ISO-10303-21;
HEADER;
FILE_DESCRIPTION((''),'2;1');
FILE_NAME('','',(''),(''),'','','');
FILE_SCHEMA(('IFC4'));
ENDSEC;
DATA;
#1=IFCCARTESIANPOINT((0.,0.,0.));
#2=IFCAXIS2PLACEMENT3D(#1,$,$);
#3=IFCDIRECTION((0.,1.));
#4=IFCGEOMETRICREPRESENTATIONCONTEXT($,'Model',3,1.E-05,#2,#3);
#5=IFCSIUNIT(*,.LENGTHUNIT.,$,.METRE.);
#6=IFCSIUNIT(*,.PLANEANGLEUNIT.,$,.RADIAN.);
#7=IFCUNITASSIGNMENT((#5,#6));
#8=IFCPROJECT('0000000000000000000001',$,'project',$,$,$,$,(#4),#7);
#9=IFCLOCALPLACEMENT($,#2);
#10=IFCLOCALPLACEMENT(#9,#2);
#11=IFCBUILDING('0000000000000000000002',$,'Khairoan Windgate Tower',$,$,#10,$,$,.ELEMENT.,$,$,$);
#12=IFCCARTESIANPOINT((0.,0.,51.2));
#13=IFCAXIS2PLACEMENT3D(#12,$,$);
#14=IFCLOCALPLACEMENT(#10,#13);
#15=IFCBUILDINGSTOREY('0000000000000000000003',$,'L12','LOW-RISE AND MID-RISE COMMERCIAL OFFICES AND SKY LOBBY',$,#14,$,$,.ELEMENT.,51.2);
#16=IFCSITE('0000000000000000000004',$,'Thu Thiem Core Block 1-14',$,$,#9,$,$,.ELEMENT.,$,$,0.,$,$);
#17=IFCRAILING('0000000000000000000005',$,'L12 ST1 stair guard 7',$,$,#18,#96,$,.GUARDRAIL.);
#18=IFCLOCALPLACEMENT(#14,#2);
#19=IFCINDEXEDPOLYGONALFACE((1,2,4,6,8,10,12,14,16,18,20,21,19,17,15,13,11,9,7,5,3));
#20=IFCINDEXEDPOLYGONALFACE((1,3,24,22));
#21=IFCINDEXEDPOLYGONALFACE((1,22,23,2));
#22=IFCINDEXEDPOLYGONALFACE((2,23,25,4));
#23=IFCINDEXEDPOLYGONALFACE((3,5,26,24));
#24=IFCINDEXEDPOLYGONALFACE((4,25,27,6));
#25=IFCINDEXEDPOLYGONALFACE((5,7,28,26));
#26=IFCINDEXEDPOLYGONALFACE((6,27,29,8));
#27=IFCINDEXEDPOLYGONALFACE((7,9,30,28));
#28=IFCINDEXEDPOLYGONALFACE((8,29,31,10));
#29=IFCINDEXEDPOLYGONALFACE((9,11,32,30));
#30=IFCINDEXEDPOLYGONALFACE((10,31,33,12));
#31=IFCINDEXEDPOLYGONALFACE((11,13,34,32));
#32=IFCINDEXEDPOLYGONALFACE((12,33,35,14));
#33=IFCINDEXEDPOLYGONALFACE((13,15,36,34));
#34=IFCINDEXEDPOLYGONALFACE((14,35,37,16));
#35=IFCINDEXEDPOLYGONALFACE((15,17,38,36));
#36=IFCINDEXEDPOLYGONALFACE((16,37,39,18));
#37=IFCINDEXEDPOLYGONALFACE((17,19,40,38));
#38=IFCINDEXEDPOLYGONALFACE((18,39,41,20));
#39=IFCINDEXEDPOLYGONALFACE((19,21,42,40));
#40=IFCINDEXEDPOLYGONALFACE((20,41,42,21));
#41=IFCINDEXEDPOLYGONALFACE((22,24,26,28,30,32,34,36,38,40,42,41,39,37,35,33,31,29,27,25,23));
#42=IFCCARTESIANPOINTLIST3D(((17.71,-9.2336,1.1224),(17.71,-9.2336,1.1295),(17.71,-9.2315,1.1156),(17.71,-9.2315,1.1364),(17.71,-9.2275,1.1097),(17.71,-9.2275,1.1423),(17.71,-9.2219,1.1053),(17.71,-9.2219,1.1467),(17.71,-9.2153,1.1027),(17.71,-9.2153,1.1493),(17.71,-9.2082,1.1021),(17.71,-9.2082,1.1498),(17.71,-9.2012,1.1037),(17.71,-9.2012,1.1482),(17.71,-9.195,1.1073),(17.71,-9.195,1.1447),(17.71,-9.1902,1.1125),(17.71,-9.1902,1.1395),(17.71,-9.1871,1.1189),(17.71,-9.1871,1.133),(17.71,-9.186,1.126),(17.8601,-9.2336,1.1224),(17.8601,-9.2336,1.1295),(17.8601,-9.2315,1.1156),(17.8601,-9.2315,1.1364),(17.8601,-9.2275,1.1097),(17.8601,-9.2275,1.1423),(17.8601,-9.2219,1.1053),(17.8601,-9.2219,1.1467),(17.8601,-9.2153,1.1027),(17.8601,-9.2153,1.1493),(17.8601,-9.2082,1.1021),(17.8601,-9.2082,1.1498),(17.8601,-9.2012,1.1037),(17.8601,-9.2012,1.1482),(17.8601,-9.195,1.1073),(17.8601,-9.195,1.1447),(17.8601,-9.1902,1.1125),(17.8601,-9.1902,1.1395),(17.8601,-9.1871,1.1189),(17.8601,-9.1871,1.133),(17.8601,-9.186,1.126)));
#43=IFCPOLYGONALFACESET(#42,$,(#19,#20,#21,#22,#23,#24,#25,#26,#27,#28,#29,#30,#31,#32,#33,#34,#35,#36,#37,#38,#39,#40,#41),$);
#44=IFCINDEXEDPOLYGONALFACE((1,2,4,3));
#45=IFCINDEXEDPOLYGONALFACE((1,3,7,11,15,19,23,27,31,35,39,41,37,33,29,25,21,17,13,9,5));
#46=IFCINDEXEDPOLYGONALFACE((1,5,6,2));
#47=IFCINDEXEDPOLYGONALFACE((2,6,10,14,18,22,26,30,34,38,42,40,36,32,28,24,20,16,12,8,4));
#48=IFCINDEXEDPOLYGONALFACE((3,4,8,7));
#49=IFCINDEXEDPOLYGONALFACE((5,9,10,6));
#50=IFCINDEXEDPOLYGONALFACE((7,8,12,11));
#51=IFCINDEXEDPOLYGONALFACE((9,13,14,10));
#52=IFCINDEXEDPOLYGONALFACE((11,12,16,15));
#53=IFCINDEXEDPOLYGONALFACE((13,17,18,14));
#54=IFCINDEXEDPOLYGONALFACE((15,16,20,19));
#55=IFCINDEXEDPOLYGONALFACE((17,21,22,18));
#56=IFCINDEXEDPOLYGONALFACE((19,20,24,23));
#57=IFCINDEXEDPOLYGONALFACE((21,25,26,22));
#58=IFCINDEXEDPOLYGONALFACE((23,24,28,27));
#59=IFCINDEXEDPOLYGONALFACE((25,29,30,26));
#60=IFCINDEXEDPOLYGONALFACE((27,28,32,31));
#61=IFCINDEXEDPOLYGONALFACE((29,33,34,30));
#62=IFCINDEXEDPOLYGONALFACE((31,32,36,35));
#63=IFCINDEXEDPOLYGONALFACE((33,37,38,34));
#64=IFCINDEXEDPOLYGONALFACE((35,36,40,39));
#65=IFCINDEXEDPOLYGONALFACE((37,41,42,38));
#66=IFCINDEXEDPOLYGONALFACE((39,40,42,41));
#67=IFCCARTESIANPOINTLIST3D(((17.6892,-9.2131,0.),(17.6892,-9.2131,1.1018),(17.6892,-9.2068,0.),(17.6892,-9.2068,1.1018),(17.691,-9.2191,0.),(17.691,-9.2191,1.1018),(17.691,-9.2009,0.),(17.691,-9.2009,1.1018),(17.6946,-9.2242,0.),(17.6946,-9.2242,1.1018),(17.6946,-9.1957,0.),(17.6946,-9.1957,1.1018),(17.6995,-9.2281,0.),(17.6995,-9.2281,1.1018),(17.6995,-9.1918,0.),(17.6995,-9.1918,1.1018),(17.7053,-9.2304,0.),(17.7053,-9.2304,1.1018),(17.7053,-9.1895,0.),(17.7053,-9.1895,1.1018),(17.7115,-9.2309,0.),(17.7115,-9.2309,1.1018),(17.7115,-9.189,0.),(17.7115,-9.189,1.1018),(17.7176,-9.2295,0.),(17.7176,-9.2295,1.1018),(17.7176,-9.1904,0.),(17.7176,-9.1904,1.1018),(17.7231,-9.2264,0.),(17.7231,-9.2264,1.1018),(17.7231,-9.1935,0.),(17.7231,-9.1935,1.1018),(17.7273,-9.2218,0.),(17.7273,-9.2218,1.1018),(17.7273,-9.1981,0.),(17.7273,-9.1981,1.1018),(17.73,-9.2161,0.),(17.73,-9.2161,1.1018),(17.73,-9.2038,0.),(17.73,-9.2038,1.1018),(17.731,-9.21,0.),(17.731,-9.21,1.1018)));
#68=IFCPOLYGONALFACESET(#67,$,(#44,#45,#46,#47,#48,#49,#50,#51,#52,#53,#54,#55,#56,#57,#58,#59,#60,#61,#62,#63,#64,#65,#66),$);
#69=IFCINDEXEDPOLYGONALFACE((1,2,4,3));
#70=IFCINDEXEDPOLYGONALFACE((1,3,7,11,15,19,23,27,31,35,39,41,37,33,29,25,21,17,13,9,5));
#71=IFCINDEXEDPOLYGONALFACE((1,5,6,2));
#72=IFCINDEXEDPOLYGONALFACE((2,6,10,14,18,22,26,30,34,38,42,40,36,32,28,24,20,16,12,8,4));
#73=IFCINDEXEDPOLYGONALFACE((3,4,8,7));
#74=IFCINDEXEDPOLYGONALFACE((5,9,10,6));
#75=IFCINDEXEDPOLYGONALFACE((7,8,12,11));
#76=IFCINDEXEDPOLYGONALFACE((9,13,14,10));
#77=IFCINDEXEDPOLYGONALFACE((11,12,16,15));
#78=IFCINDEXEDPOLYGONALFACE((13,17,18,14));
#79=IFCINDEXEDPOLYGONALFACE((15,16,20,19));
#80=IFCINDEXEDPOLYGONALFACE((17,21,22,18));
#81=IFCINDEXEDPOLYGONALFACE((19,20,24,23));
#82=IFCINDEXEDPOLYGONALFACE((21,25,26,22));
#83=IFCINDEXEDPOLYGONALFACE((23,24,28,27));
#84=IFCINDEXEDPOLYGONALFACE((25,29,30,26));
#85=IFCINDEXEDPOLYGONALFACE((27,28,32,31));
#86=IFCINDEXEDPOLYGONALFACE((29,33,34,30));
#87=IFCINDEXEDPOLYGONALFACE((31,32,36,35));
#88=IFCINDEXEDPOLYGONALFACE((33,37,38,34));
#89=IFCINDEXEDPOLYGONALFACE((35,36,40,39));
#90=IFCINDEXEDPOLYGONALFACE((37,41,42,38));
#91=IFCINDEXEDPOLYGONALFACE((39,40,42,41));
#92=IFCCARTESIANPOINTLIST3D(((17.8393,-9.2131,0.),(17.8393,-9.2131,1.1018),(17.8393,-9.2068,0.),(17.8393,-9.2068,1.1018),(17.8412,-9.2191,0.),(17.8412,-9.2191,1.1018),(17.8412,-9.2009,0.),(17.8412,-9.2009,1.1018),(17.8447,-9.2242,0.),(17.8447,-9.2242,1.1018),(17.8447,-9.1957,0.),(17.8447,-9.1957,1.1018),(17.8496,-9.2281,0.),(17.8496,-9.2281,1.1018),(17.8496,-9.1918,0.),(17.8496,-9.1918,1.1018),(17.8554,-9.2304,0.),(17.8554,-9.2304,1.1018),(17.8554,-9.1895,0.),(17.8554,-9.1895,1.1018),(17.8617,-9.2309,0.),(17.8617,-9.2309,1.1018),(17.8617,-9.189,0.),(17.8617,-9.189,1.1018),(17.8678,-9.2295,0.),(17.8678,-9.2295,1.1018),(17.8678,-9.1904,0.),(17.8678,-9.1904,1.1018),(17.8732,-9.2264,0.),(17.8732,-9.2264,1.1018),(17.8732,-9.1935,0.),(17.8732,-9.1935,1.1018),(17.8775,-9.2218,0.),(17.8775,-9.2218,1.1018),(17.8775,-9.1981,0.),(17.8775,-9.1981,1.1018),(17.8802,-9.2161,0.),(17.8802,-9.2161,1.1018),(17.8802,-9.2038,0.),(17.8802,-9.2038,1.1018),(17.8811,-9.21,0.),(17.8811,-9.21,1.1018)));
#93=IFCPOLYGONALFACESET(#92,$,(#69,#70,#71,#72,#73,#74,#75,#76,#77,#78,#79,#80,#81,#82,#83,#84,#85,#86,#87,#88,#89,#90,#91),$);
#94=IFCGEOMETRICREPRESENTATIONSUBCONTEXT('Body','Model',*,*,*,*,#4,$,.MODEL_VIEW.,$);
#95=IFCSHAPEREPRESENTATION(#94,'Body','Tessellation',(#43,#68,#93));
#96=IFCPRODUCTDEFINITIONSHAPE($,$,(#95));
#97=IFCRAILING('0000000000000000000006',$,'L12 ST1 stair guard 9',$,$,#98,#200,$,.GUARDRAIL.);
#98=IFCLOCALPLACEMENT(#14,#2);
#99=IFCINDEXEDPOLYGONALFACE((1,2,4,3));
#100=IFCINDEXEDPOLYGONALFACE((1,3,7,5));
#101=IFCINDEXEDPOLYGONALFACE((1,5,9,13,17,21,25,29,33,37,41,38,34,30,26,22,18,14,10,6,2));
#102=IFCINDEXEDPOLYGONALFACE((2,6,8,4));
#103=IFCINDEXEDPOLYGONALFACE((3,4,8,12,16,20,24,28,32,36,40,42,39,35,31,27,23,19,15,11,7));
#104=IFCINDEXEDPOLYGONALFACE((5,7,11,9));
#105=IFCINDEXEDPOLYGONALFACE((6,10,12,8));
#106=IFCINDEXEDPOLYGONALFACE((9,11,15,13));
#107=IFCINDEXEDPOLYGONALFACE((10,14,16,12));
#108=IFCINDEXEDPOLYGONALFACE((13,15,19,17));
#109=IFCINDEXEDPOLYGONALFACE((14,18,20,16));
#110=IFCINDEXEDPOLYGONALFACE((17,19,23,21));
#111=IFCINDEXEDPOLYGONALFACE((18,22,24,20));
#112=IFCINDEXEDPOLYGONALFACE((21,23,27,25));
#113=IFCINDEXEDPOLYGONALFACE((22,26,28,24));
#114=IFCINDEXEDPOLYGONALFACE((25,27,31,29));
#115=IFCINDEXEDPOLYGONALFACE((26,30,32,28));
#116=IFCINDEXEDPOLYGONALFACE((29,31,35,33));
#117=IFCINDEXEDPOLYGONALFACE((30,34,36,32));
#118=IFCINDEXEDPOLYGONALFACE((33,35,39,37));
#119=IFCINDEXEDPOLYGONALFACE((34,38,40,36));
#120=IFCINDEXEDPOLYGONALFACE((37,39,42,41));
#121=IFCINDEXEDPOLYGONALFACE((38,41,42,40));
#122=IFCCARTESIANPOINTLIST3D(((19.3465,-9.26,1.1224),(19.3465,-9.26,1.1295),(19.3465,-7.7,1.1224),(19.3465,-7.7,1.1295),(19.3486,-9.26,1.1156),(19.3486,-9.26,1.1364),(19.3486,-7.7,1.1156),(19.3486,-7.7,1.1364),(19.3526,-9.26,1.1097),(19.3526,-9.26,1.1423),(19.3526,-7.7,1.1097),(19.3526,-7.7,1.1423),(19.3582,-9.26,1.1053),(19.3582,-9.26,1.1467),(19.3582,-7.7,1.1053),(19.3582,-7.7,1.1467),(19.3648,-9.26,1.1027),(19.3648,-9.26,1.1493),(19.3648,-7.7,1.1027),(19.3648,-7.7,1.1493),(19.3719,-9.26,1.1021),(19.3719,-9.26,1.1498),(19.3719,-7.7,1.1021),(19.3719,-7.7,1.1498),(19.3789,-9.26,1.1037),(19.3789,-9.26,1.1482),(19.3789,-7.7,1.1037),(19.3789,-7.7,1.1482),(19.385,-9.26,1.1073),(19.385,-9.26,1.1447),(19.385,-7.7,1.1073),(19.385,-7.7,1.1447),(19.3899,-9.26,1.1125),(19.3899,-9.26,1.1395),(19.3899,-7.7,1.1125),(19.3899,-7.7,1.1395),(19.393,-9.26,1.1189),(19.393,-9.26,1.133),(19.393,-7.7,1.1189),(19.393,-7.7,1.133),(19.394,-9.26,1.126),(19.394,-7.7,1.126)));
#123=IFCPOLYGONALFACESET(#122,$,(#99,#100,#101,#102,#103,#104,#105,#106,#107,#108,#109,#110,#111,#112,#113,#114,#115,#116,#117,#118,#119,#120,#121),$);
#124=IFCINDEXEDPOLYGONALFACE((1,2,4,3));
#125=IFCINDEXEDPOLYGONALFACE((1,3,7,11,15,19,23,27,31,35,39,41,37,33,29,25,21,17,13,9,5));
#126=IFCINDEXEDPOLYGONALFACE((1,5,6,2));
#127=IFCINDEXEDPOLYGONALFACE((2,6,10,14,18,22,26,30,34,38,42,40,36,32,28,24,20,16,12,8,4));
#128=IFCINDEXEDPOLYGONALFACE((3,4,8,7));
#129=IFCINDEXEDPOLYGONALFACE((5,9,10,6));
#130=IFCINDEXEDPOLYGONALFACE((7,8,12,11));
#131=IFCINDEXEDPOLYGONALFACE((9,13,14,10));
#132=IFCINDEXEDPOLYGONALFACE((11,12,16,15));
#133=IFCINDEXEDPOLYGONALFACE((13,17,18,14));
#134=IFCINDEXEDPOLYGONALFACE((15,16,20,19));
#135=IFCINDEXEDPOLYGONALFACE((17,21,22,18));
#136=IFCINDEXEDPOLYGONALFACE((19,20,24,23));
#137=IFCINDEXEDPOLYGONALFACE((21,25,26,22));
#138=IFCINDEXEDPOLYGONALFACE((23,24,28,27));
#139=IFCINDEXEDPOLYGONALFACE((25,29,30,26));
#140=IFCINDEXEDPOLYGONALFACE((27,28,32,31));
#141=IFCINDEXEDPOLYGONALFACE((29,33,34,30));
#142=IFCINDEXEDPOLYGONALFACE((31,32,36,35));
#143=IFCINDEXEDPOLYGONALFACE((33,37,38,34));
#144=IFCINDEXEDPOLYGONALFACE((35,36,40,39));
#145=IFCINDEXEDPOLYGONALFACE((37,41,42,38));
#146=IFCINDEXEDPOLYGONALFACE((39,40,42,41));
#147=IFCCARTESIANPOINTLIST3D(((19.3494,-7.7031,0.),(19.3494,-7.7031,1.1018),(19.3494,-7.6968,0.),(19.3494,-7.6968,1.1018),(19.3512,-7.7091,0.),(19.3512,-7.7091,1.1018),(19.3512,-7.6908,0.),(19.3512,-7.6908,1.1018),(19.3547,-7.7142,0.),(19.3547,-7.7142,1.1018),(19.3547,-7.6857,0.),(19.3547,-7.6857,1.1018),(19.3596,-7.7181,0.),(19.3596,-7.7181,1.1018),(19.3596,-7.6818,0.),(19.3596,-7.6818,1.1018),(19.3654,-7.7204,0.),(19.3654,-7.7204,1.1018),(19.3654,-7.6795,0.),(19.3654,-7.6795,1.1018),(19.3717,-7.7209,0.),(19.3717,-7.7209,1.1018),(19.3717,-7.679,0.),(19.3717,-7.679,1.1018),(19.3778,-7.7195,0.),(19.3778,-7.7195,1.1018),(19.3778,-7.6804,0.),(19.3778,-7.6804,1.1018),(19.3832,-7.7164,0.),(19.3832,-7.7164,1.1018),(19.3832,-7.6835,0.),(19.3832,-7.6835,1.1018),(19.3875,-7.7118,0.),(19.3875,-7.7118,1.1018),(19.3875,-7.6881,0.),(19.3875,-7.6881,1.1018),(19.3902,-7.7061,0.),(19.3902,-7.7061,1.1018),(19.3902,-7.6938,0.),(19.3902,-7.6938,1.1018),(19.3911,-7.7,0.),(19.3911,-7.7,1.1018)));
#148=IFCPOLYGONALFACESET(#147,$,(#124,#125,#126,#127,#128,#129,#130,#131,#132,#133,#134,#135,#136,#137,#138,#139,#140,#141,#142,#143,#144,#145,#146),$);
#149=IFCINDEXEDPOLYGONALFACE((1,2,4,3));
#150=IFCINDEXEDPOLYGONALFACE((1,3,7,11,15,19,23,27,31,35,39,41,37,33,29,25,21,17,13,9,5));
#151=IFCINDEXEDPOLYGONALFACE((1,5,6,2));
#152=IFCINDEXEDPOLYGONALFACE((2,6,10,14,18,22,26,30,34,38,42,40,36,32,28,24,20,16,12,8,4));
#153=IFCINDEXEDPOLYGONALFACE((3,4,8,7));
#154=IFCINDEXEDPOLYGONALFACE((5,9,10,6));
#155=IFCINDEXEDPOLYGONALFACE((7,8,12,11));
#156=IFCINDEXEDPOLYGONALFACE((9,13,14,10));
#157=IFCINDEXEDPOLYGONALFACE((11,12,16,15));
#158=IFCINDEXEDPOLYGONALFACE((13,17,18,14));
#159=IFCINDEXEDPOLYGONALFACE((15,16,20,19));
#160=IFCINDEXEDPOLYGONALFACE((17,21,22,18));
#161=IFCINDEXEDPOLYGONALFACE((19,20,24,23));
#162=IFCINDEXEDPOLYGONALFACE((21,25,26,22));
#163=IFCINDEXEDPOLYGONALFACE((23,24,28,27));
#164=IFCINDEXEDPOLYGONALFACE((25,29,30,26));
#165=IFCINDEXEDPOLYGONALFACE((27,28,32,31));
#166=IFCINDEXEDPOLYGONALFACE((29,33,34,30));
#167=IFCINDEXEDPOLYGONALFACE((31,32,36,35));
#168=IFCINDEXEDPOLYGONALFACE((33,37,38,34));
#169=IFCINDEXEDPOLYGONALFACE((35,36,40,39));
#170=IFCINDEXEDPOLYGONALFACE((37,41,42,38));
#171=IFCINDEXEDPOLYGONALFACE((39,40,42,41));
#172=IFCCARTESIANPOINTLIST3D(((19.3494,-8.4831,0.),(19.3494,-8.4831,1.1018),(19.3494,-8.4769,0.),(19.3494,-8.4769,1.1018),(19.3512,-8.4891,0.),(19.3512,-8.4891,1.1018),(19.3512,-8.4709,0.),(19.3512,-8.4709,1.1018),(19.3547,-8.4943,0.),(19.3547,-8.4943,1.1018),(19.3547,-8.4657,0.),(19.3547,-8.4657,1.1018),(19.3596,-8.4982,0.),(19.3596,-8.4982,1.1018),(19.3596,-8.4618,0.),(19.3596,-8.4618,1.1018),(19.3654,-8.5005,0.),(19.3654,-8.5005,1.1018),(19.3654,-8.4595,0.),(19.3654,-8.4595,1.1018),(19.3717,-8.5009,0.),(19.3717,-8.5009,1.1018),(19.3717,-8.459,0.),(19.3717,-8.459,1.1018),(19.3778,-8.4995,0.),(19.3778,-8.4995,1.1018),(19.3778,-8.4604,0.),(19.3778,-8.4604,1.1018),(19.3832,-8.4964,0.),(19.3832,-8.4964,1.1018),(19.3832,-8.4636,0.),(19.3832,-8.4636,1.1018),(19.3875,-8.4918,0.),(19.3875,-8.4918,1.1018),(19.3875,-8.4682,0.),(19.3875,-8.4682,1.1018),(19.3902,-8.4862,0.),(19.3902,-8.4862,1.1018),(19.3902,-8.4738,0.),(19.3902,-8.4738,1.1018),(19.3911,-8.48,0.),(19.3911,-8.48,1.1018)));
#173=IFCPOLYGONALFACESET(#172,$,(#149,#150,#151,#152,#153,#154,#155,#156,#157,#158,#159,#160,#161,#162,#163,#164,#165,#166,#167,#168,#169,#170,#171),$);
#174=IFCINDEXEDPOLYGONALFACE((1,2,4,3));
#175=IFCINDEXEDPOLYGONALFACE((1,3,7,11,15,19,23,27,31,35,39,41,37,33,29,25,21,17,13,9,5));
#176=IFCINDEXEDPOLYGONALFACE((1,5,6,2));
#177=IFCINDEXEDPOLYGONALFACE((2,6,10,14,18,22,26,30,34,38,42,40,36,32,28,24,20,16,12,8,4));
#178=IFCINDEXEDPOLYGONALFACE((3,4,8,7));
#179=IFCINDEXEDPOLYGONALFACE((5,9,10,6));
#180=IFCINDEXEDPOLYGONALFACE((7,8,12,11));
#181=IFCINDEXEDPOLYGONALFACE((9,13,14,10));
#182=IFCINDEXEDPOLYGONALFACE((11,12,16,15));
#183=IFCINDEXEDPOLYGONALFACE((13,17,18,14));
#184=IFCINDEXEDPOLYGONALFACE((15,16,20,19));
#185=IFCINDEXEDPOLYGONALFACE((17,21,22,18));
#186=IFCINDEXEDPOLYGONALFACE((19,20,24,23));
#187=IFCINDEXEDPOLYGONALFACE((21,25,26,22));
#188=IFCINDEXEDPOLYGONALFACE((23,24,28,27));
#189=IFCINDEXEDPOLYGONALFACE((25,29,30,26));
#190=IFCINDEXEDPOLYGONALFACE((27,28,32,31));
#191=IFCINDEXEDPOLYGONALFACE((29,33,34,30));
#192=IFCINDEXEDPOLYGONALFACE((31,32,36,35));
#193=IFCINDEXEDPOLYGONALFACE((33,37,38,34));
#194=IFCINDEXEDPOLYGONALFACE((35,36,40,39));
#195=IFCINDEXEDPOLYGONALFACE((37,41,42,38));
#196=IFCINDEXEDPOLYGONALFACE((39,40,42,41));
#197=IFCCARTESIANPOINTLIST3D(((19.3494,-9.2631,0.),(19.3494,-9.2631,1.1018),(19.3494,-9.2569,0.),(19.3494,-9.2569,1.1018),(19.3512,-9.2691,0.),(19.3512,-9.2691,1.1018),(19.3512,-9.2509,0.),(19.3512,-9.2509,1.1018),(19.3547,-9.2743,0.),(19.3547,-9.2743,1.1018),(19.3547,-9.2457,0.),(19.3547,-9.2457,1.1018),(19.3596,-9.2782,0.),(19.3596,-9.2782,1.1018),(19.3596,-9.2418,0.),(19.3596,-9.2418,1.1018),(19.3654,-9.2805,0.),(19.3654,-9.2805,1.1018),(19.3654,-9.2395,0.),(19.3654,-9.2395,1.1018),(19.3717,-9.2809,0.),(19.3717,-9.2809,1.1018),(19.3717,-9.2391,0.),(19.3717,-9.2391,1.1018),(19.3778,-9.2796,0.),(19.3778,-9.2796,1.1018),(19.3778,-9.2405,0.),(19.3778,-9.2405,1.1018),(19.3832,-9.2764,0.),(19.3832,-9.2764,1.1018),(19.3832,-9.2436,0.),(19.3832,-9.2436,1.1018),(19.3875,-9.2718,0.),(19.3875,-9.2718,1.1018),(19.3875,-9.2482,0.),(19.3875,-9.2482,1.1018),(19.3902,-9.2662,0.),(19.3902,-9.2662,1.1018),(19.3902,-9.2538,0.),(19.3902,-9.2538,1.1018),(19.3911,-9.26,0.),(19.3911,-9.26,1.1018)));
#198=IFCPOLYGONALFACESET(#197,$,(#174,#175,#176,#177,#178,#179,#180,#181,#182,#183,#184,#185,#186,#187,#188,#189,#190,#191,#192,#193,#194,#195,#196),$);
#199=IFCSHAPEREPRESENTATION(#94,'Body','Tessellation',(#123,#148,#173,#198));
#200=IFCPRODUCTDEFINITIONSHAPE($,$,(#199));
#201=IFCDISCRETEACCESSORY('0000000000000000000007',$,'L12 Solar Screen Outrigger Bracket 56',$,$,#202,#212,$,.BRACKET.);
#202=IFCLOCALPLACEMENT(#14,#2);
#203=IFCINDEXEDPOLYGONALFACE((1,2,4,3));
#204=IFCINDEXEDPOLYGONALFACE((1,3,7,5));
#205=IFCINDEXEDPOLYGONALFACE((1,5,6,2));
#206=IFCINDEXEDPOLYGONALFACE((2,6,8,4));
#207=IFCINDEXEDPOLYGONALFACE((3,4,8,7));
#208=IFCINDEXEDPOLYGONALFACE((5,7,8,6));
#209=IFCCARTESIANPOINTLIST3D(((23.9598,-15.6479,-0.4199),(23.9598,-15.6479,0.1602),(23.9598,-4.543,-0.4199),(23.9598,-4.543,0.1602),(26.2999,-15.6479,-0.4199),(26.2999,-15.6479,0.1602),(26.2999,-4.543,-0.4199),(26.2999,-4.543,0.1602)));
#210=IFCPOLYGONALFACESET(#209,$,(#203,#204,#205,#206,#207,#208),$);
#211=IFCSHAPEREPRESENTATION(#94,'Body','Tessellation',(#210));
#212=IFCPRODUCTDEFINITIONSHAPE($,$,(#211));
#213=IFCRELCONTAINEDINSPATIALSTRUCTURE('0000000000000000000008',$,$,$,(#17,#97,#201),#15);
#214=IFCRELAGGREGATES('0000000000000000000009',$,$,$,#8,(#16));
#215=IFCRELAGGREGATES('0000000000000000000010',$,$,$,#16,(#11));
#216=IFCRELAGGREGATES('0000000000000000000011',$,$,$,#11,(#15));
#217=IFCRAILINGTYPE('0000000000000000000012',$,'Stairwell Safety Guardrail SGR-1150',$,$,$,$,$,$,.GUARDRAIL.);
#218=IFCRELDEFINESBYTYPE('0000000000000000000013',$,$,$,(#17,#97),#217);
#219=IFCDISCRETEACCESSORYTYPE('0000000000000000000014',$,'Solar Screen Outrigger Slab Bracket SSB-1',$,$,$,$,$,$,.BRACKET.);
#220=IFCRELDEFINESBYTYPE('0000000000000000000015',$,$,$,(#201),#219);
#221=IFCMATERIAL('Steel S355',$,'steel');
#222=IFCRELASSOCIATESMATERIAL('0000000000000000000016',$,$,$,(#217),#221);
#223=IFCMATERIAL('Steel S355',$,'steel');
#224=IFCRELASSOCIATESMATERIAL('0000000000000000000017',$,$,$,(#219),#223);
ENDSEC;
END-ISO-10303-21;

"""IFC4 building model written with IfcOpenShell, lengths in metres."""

from ifc_helpers import new_model, si_unit, direction, frame, origin, origin_2d, place, context, subcontext, project, spatial, rectangle, circle, extrude, material, type_object, element, save


model = new_model("IFC4")

# Units and contexts
model_context = context("Model", 3, precision=1e-05, world=origin(), true_north=direction((0.0, 1.0)))
body_context = subcontext(model_context, "Body", "Model", "MODEL_VIEW")
ifc_project = project(units=[si_unit("LENGTHUNIT", "METRE"), si_unit("PLANEANGLEUNIT", "RADIAN")], contexts=[model_context])

# Site, building, storey
site_placement = place(None, origin())
site = spatial("IfcSite", under=ifc_project, at=site_placement, Name="Thu Thiem Core Block 1-14", CompositionType="ELEMENT", RefElevation=0.0)
building_placement = place(site_placement, origin())
building = spatial("IfcBuilding", under=site, at=building_placement, Name="Khairoan Windgate Tower", CompositionType="ELEMENT")
storey_placement = place(building_placement, frame((0.0, 0.0, 51.2)))
storey = spatial("IfcBuildingStorey", under=building, at=storey_placement, Name="L12", Description="LOW-RISE AND MID-RISE COMMERCIAL OFFICES AND SKY LOBBY", CompositionType="ELEMENT", Elevation=51.2)

# Railings
ifc_material_1 = material(Name="Steel S355", Category="steel")
railing_type_1 = type_object("IfcRailingType", Name="Stairwell Safety Guardrail SGR-1150", PredefinedType="GUARDRAIL", material=ifc_material_1)
railing_1_placement = place(storey_placement, frame((17.71, -9.21, 0.0)))
element("IfcRailing", 1, at=railing_1_placement, inside=storey, type_object=railing_type_1, Name="L12 ST1 stair guard 7", PredefinedType="GUARDRAIL", context=body_context, shape_type="SweptSolid", body=[
    extrude(circle(Radius=0.0239, at=origin_2d()), frame((0.0, 0.0, 1.126), z_axis=(1.0, 0.0, 0.0), x_axis=(0.0, 1.0, 0.0)), (0.0, 0.0, 1.0), 0.1501),
    extrude(circle(Radius=0.021, at=origin_2d()), origin(), (0.0, 0.0, 1.0), 1.1018),
    extrude(circle(Radius=0.021, at=origin_2d()), frame((0.1501, 0.0, 0.0)), (0.0, 0.0, 1.0), 1.1018),
])
railing_2_placement = place(storey_placement, frame((19.3701, -7.7, 0.0)))
element("IfcRailing", 2, at=railing_2_placement, inside=storey, type_object=railing_type_1, Name="L12 ST1 stair guard 9", PredefinedType="GUARDRAIL", context=body_context, shape_type="SweptSolid", body=[
    extrude(circle(Radius=0.0239, at=origin_2d()), frame((0.0, 0.0, 1.126), z_axis=(0.0, -1.0, 0.0), x_axis=(1.0, 0.0, 0.0)), (0.0, 0.0, 1.0), 1.5601),
    extrude(circle(Radius=0.021, at=origin_2d()), origin(), (0.0, 0.0, 1.0), 1.1018),
    extrude(circle(Radius=0.021, at=origin_2d()), frame((0.0, -0.78, 0.0)), (0.0, 0.0, 1.0), 1.1018),
    extrude(circle(Radius=0.021, at=origin_2d()), frame((0.0, -1.5601, 0.0)), (0.0, 0.0, 1.0), 1.1018),
])

# Discrete accessory
ifc_material_2 = material(Name="Steel S355", Category="steel")
discrete_accessory_type = type_object("IfcDiscreteAccessoryType", Name="Solar Screen Outrigger Slab Bracket SSB-1", PredefinedType="BRACKET", material=ifc_material_2)
discrete_accessory_placement = place(storey_placement, frame((25.1299, -10.0955, -0.4199), z_axis=(0.0, 0.0, 1.0), x_axis=(0.0, -1.0, 0.0)))
element("IfcDiscreteAccessory", 3, at=discrete_accessory_placement, inside=storey, type_object=discrete_accessory_type, Name="L12 Solar Screen Outrigger Bracket 56", PredefinedType="BRACKET", context=body_context, shape_type="SweptSolid", body=[
    extrude(rectangle(XDim=11.105, YDim=2.3401, at=origin_2d()), origin(), (0.0, 0.0, 1.0), 0.5801),
])

save(model, "model.ifc")
